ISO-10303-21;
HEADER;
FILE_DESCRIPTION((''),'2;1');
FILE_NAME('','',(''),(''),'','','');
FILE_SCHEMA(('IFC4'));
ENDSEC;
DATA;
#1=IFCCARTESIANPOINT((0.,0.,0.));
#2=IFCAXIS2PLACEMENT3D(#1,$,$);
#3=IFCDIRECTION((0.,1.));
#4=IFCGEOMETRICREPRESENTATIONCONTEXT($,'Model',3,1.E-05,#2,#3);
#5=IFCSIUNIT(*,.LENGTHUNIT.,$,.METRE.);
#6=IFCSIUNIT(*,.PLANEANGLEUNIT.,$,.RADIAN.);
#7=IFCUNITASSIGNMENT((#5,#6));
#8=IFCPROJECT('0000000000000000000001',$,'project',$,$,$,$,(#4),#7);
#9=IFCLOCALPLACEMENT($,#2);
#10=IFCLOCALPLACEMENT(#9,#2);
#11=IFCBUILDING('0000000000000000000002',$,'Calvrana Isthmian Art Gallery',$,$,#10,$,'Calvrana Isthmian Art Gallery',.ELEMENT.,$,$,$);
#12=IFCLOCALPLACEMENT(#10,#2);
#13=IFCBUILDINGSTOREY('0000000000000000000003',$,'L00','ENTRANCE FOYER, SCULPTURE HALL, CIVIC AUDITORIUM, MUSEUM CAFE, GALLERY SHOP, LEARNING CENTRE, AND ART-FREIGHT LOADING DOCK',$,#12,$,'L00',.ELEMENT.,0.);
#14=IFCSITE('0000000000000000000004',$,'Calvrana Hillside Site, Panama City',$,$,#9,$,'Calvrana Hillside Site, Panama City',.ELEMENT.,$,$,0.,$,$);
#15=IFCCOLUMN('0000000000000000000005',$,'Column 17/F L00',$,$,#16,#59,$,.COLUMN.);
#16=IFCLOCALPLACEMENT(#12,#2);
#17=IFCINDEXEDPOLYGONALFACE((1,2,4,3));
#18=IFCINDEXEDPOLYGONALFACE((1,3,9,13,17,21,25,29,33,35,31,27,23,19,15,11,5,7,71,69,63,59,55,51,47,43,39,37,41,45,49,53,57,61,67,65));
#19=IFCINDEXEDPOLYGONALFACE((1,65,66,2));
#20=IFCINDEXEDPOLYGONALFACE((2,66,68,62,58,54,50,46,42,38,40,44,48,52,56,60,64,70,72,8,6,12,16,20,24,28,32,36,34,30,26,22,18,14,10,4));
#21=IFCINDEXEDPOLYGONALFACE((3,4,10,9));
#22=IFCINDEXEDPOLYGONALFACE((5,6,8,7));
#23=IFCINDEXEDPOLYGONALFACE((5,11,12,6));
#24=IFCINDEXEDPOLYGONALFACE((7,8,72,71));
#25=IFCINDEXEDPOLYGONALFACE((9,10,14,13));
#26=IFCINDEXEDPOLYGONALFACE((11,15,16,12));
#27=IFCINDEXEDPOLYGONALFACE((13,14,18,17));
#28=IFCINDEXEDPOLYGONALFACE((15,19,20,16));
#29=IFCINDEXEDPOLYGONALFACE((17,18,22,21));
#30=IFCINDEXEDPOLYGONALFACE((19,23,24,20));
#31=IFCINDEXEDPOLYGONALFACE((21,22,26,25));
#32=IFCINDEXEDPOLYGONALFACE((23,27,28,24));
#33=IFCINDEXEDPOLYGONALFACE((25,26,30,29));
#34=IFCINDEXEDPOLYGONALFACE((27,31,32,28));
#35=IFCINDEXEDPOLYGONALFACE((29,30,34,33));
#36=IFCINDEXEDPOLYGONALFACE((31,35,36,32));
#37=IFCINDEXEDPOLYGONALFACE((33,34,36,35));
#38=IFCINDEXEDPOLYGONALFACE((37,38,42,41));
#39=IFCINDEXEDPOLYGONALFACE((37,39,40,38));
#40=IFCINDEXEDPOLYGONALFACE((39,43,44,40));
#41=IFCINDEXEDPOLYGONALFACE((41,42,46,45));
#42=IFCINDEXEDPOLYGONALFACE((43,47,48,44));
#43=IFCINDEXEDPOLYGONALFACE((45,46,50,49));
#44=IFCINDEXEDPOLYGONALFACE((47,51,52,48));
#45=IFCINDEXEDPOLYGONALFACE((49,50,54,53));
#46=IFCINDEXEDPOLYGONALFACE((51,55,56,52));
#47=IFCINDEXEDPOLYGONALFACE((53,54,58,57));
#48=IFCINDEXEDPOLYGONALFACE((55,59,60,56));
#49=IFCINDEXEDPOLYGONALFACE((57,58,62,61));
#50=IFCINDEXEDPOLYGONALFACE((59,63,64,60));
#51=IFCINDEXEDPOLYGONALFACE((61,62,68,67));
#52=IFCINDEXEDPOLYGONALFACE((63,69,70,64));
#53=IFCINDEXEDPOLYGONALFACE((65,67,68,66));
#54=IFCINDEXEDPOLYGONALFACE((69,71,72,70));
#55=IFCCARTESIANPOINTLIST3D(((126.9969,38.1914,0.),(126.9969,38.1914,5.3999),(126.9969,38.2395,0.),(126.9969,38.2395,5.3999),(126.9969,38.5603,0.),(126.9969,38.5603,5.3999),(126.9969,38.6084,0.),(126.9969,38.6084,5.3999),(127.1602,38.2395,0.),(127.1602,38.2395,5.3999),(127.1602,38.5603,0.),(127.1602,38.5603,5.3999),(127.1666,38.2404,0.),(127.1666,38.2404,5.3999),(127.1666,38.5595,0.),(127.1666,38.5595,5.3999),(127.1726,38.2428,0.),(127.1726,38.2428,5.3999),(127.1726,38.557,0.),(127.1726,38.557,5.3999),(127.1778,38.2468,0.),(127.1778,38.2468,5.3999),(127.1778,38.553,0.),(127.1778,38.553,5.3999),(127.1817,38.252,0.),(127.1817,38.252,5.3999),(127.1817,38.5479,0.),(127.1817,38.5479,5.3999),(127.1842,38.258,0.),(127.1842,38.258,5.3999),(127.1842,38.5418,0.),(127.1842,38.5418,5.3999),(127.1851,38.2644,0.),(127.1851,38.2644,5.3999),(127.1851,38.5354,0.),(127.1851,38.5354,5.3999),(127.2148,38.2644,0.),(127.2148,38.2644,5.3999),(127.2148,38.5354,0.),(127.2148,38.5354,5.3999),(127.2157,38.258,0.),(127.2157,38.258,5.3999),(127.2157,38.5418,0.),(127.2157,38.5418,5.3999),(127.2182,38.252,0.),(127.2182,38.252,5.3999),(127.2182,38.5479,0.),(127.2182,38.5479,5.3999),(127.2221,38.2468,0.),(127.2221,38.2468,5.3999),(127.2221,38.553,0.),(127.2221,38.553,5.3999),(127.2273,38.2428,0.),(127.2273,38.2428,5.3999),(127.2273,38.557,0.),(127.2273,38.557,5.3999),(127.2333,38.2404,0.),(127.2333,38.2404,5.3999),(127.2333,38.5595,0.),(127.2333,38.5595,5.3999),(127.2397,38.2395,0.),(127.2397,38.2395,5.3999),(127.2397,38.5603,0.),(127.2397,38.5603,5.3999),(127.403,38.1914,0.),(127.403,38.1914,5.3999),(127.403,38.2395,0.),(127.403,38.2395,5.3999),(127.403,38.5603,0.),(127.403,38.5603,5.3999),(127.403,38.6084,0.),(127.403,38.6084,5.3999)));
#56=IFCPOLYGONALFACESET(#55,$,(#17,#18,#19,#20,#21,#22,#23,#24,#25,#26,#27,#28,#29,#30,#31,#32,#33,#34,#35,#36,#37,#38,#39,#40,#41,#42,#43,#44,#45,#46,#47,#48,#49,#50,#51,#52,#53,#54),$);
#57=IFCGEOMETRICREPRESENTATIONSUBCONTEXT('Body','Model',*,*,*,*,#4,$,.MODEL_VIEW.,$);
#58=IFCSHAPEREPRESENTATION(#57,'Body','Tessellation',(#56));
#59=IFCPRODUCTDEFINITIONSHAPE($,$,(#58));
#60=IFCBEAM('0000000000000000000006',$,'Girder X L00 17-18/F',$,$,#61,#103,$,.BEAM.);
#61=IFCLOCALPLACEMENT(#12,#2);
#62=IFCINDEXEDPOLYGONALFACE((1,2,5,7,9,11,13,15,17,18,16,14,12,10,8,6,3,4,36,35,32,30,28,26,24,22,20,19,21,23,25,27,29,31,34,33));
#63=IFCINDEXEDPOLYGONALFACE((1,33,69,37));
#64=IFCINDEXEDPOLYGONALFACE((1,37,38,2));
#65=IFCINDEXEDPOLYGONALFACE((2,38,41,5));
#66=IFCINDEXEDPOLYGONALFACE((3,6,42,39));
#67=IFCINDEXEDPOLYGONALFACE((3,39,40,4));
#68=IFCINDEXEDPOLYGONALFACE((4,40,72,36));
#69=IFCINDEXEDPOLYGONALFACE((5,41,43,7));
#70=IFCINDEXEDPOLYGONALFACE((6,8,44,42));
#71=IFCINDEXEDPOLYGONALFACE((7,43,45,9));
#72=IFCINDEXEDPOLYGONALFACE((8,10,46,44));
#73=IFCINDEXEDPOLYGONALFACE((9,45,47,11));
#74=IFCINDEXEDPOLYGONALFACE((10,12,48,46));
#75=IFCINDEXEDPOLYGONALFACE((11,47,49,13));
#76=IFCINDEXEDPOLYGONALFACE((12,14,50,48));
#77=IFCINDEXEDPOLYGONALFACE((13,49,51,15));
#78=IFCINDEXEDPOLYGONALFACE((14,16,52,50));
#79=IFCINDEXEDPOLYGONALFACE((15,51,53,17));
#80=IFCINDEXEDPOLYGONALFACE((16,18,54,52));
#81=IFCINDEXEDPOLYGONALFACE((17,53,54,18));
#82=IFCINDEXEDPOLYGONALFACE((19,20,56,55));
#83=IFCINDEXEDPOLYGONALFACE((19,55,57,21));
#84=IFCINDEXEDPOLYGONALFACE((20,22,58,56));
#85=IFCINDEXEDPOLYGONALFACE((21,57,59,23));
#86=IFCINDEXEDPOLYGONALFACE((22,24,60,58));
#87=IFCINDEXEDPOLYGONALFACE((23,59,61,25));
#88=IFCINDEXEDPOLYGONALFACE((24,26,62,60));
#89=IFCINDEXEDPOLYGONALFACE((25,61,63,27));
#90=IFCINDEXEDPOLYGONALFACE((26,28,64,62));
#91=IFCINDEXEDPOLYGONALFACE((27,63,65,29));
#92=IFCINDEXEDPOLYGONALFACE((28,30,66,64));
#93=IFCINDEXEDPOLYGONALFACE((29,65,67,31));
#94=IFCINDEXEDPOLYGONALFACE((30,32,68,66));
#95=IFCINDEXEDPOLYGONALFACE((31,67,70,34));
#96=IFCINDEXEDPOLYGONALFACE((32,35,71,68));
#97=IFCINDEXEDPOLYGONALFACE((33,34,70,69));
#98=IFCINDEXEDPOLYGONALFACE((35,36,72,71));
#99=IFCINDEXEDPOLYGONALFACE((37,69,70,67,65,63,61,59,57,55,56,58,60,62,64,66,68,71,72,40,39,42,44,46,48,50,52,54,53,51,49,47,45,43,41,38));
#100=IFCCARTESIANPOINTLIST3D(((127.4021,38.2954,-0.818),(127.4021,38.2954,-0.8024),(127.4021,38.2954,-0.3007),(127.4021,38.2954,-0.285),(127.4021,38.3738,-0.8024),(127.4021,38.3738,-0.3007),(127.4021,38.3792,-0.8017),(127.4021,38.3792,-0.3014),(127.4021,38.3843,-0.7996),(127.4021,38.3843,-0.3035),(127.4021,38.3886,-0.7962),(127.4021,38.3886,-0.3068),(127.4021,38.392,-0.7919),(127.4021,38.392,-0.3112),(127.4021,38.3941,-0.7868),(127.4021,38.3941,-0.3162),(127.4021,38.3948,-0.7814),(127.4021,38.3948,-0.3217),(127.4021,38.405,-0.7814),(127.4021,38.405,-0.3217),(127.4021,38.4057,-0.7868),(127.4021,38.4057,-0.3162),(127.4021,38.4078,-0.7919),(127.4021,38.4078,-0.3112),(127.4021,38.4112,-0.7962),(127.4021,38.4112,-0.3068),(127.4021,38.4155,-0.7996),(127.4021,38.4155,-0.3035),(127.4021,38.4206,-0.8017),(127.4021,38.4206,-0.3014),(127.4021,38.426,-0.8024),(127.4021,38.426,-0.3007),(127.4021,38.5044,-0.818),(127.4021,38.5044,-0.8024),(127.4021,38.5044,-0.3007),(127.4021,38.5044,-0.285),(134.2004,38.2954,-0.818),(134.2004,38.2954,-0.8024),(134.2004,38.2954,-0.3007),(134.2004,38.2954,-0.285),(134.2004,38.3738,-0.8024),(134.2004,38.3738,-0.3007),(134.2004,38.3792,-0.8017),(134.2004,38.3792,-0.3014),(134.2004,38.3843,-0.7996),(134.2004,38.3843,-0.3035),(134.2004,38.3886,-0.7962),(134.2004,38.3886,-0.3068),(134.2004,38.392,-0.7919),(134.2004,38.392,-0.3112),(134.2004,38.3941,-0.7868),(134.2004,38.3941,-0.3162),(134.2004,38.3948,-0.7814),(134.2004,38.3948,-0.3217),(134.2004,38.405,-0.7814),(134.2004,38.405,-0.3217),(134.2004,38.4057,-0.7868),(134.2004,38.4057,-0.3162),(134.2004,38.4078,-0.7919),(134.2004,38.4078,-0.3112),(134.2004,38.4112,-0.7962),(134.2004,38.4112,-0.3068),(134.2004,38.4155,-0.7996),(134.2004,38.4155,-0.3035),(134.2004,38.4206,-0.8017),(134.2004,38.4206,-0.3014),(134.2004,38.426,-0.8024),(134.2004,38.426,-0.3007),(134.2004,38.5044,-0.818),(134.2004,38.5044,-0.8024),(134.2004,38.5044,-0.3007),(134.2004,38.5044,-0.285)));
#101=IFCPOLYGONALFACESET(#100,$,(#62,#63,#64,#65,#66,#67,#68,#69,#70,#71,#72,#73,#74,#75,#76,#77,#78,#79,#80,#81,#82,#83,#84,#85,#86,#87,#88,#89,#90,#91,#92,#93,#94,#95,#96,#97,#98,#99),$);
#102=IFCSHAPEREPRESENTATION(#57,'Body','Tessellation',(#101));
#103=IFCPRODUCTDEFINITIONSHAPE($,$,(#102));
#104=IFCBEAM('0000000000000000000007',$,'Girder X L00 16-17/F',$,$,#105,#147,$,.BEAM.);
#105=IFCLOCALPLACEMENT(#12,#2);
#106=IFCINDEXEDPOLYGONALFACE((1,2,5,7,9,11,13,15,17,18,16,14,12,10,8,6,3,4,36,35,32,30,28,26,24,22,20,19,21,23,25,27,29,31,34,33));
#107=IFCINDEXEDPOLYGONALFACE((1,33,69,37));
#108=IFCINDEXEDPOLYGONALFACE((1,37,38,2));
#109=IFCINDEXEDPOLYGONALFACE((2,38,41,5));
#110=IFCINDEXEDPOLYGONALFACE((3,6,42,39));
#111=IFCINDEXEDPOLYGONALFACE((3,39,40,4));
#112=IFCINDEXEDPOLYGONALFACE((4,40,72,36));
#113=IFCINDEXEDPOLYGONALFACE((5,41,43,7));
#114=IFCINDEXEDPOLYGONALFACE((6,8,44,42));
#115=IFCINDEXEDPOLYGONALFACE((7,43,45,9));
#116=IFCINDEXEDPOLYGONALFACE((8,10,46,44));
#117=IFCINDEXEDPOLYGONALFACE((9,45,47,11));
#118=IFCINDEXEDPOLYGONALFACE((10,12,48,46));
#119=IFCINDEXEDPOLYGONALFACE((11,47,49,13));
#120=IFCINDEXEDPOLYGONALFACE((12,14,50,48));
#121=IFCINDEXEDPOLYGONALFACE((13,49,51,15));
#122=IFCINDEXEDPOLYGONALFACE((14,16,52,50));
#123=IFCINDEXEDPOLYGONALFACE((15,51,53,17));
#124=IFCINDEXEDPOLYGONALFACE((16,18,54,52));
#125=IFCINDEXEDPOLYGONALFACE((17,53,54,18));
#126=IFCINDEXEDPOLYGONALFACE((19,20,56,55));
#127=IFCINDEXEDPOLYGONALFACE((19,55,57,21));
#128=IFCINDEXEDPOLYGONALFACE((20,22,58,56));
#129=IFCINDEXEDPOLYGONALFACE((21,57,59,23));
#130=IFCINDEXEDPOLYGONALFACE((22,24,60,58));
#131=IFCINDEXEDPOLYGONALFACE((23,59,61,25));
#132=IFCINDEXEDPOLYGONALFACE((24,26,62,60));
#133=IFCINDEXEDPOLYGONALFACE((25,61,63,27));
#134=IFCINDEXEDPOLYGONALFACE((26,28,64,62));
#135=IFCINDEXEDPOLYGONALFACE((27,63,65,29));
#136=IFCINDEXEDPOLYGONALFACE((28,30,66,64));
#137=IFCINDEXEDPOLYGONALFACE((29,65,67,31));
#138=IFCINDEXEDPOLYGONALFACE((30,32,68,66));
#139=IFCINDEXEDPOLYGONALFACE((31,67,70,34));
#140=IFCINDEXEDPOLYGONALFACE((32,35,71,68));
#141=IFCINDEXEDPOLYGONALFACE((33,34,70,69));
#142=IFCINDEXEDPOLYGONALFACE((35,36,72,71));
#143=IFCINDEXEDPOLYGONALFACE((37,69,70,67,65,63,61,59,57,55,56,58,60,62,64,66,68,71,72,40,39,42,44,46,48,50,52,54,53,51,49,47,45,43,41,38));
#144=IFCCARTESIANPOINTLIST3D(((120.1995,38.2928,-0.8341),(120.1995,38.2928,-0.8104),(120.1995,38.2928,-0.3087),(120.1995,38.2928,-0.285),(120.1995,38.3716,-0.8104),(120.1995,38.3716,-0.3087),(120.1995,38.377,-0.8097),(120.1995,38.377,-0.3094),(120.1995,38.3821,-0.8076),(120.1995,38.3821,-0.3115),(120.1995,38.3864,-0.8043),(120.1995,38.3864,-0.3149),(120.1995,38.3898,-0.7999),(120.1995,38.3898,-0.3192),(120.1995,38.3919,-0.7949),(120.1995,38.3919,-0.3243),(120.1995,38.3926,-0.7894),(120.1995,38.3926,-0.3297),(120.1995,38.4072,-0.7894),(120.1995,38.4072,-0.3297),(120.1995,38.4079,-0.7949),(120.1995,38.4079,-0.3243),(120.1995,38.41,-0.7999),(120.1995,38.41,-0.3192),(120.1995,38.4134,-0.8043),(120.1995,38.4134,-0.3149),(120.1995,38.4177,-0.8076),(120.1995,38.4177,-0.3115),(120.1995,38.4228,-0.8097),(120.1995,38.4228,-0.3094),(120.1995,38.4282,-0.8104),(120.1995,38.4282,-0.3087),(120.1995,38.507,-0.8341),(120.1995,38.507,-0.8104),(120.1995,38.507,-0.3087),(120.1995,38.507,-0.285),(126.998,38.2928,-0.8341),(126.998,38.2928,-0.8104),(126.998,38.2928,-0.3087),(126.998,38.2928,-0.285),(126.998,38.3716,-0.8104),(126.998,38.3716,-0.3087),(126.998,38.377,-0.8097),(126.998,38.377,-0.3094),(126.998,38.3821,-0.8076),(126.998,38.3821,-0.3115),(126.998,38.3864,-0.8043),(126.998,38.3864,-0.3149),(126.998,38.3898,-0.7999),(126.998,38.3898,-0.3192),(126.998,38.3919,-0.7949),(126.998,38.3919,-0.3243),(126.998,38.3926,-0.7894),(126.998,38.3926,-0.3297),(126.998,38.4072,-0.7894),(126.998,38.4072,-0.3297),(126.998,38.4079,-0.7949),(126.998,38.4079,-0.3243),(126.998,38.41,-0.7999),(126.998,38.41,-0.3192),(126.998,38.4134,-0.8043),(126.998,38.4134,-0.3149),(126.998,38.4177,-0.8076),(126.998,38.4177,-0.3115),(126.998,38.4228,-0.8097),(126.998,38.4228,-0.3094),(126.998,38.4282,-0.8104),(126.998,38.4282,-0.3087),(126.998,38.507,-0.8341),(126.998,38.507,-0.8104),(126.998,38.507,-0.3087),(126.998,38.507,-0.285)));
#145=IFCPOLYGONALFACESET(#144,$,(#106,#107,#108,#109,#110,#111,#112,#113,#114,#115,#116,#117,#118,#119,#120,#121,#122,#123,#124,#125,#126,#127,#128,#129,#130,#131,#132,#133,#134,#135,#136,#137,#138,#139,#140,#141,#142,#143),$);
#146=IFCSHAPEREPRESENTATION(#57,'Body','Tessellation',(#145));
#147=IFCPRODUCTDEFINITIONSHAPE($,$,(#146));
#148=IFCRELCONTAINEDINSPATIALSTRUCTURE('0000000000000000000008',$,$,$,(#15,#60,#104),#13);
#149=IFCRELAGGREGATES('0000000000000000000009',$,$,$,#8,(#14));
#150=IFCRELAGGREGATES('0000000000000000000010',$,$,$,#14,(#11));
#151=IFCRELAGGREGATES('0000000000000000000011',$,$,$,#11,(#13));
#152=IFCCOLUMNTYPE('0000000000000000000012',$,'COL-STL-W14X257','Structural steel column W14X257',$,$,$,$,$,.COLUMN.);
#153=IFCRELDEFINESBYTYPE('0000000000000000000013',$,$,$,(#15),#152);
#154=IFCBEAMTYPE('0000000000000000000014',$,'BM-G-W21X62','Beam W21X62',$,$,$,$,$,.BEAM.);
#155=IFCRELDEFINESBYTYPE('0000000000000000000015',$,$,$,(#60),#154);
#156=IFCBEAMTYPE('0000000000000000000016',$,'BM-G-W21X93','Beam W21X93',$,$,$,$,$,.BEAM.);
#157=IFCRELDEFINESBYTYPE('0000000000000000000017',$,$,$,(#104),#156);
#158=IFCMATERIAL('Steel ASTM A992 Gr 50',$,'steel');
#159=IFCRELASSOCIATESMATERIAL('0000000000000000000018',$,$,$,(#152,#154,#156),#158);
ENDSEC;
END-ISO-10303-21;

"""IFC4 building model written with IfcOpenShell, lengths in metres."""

from ifc_helpers import new_model, si_unit, direction, frame, origin, origin_2d, place, context, subcontext, project, spatial, i_section, extrude, material, material_profile, profile_set, type_object, element, save


model = new_model("IFC4")

# Units and contexts
model_context = context("Model", 3, precision=1e-05, world=origin(), true_north=direction((0.0, 1.0)))
body_context = subcontext(model_context, "Body", "Model", "MODEL_VIEW")
ifc_project = project(units=[si_unit("LENGTHUNIT", "METRE"), si_unit("PLANEANGLEUNIT", "RADIAN")], contexts=[model_context])

# Site, building, storey
site_placement = place(None, origin())
site = spatial("IfcSite", under=ifc_project, at=site_placement, Name="Calvrana Hillside Site, Panama City", LongName="Calvrana Hillside Site, Panama City", CompositionType="ELEMENT", RefElevation=0.0)
building_placement = place(site_placement, origin())
building = spatial("IfcBuilding", under=site, at=building_placement, Name="Calvrana Isthmian Art Gallery", LongName="Calvrana Isthmian Art Gallery", CompositionType="ELEMENT")
storey_placement = place(building_placement, origin())
storey = spatial("IfcBuildingStorey", under=building, at=storey_placement, Name="L00", Description="ENTRANCE FOYER, SCULPTURE HALL, CIVIC AUDITORIUM, MUSEUM CAFE, GALLERY SHOP, LEARNING CENTRE, AND ART-FREIGHT LOADING DOCK", LongName="L00", CompositionType="ELEMENT", Elevation=0.0)

# Column
ifc_material_1 = material(Name="Steel ASTM A992 Gr 50", Category="steel")
ifc_material_profile_1 = material_profile(ifc_material_1, i_section(OverallWidth=0.406, OverallDepth=0.417, WebThickness=0.0298, FlangeThickness=0.0481, FilletRadius=0.0249, at=origin_2d()), Name="W14X257")
ifc_profile_set_1 = profile_set([ifc_material_profile_1], Name="Steel ASTM A992 Gr 50")
column_type = type_object("IfcColumnType", Name="COL-STL-W14X257", Description="Structural steel column W14X257", PredefinedType="COLUMN", material=ifc_profile_set_1)
column_placement = place(storey_placement, frame((127.2, 38.3999, 0.0), z_axis=(0.0, 0.0, 1.0), x_axis=(1.0, 0.0, 0.0)))
element("IfcColumn", 1, at=column_placement, inside=storey, type_object=column_type, Name="Column 17/F L00", PredefinedType="COLUMN", context=body_context, shape_type="SweptSolid", body=[
    extrude(i_section(OverallWidth=0.406, OverallDepth=0.417, WebThickness=0.0298, FlangeThickness=0.0481, FilletRadius=0.0249, at=origin_2d()), origin(), (0.0, 0.0, 1.0), 5.3999),
])

# Beams
ifc_material_profile_2 = material_profile(ifc_material_1, i_section(OverallWidth=0.209, OverallDepth=0.533, WebThickness=0.0103, FlangeThickness=0.0156, FilletRadius=0.021, at=origin_2d()), Name="W21X62")
ifc_profile_set_2 = profile_set([ifc_material_profile_2], Name="Steel ASTM A992 Gr 50")
beam_type_1 = type_object("IfcBeamType", Name="BM-G-W21X62", Description="Beam W21X62", PredefinedType="BEAM", material=ifc_profile_set_2)
beam_1_placement = place(storey_placement, frame((127.4021, 38.3999, -0.5515), z_axis=(1.0, 0.0, 0.0), x_axis=(0.0, 1.0, 0.0)))
element("IfcBeam", 2, at=beam_1_placement, inside=storey, type_object=beam_type_1, Name="Girder X L00 17-18/F", PredefinedType="BEAM", context=body_context, shape_type="SweptSolid", body=[
    extrude(i_section(OverallWidth=0.209, OverallDepth=0.533, WebThickness=0.0103, FlangeThickness=0.0156, FilletRadius=0.021, at=origin_2d()), origin(), (0.0, 0.0, 1.0), 6.7983),
])
ifc_material_profile_3 = material_profile(ifc_material_1, i_section(OverallWidth=0.2141, OverallDepth=0.5491, WebThickness=0.0146, FlangeThickness=0.0237, FilletRadius=0.021, at=origin_2d()), Name="W21X93")
ifc_profile_set_3 = profile_set([ifc_material_profile_3], Name="Steel ASTM A992 Gr 50")
beam_type_2 = type_object("IfcBeamType", Name="BM-G-W21X93", Description="Beam W21X93", PredefinedType="BEAM", material=ifc_profile_set_3)
beam_2_placement = place(storey_placement, frame((120.1995, 38.3999, -0.5596), z_axis=(1.0, 0.0, 0.0), x_axis=(0.0, 1.0, 0.0)))
element("IfcBeam", 3, at=beam_2_placement, inside=storey, type_object=beam_type_2, Name="Girder X L00 16-17/F", PredefinedType="BEAM", context=body_context, shape_type="SweptSolid", body=[
    extrude(i_section(OverallWidth=0.2141, OverallDepth=0.5491, WebThickness=0.0146, FlangeThickness=0.0237, FilletRadius=0.021, at=origin_2d()), origin(), (0.0, 0.0, 1.0), 6.7986),
])

save(model, "model.ifc")
